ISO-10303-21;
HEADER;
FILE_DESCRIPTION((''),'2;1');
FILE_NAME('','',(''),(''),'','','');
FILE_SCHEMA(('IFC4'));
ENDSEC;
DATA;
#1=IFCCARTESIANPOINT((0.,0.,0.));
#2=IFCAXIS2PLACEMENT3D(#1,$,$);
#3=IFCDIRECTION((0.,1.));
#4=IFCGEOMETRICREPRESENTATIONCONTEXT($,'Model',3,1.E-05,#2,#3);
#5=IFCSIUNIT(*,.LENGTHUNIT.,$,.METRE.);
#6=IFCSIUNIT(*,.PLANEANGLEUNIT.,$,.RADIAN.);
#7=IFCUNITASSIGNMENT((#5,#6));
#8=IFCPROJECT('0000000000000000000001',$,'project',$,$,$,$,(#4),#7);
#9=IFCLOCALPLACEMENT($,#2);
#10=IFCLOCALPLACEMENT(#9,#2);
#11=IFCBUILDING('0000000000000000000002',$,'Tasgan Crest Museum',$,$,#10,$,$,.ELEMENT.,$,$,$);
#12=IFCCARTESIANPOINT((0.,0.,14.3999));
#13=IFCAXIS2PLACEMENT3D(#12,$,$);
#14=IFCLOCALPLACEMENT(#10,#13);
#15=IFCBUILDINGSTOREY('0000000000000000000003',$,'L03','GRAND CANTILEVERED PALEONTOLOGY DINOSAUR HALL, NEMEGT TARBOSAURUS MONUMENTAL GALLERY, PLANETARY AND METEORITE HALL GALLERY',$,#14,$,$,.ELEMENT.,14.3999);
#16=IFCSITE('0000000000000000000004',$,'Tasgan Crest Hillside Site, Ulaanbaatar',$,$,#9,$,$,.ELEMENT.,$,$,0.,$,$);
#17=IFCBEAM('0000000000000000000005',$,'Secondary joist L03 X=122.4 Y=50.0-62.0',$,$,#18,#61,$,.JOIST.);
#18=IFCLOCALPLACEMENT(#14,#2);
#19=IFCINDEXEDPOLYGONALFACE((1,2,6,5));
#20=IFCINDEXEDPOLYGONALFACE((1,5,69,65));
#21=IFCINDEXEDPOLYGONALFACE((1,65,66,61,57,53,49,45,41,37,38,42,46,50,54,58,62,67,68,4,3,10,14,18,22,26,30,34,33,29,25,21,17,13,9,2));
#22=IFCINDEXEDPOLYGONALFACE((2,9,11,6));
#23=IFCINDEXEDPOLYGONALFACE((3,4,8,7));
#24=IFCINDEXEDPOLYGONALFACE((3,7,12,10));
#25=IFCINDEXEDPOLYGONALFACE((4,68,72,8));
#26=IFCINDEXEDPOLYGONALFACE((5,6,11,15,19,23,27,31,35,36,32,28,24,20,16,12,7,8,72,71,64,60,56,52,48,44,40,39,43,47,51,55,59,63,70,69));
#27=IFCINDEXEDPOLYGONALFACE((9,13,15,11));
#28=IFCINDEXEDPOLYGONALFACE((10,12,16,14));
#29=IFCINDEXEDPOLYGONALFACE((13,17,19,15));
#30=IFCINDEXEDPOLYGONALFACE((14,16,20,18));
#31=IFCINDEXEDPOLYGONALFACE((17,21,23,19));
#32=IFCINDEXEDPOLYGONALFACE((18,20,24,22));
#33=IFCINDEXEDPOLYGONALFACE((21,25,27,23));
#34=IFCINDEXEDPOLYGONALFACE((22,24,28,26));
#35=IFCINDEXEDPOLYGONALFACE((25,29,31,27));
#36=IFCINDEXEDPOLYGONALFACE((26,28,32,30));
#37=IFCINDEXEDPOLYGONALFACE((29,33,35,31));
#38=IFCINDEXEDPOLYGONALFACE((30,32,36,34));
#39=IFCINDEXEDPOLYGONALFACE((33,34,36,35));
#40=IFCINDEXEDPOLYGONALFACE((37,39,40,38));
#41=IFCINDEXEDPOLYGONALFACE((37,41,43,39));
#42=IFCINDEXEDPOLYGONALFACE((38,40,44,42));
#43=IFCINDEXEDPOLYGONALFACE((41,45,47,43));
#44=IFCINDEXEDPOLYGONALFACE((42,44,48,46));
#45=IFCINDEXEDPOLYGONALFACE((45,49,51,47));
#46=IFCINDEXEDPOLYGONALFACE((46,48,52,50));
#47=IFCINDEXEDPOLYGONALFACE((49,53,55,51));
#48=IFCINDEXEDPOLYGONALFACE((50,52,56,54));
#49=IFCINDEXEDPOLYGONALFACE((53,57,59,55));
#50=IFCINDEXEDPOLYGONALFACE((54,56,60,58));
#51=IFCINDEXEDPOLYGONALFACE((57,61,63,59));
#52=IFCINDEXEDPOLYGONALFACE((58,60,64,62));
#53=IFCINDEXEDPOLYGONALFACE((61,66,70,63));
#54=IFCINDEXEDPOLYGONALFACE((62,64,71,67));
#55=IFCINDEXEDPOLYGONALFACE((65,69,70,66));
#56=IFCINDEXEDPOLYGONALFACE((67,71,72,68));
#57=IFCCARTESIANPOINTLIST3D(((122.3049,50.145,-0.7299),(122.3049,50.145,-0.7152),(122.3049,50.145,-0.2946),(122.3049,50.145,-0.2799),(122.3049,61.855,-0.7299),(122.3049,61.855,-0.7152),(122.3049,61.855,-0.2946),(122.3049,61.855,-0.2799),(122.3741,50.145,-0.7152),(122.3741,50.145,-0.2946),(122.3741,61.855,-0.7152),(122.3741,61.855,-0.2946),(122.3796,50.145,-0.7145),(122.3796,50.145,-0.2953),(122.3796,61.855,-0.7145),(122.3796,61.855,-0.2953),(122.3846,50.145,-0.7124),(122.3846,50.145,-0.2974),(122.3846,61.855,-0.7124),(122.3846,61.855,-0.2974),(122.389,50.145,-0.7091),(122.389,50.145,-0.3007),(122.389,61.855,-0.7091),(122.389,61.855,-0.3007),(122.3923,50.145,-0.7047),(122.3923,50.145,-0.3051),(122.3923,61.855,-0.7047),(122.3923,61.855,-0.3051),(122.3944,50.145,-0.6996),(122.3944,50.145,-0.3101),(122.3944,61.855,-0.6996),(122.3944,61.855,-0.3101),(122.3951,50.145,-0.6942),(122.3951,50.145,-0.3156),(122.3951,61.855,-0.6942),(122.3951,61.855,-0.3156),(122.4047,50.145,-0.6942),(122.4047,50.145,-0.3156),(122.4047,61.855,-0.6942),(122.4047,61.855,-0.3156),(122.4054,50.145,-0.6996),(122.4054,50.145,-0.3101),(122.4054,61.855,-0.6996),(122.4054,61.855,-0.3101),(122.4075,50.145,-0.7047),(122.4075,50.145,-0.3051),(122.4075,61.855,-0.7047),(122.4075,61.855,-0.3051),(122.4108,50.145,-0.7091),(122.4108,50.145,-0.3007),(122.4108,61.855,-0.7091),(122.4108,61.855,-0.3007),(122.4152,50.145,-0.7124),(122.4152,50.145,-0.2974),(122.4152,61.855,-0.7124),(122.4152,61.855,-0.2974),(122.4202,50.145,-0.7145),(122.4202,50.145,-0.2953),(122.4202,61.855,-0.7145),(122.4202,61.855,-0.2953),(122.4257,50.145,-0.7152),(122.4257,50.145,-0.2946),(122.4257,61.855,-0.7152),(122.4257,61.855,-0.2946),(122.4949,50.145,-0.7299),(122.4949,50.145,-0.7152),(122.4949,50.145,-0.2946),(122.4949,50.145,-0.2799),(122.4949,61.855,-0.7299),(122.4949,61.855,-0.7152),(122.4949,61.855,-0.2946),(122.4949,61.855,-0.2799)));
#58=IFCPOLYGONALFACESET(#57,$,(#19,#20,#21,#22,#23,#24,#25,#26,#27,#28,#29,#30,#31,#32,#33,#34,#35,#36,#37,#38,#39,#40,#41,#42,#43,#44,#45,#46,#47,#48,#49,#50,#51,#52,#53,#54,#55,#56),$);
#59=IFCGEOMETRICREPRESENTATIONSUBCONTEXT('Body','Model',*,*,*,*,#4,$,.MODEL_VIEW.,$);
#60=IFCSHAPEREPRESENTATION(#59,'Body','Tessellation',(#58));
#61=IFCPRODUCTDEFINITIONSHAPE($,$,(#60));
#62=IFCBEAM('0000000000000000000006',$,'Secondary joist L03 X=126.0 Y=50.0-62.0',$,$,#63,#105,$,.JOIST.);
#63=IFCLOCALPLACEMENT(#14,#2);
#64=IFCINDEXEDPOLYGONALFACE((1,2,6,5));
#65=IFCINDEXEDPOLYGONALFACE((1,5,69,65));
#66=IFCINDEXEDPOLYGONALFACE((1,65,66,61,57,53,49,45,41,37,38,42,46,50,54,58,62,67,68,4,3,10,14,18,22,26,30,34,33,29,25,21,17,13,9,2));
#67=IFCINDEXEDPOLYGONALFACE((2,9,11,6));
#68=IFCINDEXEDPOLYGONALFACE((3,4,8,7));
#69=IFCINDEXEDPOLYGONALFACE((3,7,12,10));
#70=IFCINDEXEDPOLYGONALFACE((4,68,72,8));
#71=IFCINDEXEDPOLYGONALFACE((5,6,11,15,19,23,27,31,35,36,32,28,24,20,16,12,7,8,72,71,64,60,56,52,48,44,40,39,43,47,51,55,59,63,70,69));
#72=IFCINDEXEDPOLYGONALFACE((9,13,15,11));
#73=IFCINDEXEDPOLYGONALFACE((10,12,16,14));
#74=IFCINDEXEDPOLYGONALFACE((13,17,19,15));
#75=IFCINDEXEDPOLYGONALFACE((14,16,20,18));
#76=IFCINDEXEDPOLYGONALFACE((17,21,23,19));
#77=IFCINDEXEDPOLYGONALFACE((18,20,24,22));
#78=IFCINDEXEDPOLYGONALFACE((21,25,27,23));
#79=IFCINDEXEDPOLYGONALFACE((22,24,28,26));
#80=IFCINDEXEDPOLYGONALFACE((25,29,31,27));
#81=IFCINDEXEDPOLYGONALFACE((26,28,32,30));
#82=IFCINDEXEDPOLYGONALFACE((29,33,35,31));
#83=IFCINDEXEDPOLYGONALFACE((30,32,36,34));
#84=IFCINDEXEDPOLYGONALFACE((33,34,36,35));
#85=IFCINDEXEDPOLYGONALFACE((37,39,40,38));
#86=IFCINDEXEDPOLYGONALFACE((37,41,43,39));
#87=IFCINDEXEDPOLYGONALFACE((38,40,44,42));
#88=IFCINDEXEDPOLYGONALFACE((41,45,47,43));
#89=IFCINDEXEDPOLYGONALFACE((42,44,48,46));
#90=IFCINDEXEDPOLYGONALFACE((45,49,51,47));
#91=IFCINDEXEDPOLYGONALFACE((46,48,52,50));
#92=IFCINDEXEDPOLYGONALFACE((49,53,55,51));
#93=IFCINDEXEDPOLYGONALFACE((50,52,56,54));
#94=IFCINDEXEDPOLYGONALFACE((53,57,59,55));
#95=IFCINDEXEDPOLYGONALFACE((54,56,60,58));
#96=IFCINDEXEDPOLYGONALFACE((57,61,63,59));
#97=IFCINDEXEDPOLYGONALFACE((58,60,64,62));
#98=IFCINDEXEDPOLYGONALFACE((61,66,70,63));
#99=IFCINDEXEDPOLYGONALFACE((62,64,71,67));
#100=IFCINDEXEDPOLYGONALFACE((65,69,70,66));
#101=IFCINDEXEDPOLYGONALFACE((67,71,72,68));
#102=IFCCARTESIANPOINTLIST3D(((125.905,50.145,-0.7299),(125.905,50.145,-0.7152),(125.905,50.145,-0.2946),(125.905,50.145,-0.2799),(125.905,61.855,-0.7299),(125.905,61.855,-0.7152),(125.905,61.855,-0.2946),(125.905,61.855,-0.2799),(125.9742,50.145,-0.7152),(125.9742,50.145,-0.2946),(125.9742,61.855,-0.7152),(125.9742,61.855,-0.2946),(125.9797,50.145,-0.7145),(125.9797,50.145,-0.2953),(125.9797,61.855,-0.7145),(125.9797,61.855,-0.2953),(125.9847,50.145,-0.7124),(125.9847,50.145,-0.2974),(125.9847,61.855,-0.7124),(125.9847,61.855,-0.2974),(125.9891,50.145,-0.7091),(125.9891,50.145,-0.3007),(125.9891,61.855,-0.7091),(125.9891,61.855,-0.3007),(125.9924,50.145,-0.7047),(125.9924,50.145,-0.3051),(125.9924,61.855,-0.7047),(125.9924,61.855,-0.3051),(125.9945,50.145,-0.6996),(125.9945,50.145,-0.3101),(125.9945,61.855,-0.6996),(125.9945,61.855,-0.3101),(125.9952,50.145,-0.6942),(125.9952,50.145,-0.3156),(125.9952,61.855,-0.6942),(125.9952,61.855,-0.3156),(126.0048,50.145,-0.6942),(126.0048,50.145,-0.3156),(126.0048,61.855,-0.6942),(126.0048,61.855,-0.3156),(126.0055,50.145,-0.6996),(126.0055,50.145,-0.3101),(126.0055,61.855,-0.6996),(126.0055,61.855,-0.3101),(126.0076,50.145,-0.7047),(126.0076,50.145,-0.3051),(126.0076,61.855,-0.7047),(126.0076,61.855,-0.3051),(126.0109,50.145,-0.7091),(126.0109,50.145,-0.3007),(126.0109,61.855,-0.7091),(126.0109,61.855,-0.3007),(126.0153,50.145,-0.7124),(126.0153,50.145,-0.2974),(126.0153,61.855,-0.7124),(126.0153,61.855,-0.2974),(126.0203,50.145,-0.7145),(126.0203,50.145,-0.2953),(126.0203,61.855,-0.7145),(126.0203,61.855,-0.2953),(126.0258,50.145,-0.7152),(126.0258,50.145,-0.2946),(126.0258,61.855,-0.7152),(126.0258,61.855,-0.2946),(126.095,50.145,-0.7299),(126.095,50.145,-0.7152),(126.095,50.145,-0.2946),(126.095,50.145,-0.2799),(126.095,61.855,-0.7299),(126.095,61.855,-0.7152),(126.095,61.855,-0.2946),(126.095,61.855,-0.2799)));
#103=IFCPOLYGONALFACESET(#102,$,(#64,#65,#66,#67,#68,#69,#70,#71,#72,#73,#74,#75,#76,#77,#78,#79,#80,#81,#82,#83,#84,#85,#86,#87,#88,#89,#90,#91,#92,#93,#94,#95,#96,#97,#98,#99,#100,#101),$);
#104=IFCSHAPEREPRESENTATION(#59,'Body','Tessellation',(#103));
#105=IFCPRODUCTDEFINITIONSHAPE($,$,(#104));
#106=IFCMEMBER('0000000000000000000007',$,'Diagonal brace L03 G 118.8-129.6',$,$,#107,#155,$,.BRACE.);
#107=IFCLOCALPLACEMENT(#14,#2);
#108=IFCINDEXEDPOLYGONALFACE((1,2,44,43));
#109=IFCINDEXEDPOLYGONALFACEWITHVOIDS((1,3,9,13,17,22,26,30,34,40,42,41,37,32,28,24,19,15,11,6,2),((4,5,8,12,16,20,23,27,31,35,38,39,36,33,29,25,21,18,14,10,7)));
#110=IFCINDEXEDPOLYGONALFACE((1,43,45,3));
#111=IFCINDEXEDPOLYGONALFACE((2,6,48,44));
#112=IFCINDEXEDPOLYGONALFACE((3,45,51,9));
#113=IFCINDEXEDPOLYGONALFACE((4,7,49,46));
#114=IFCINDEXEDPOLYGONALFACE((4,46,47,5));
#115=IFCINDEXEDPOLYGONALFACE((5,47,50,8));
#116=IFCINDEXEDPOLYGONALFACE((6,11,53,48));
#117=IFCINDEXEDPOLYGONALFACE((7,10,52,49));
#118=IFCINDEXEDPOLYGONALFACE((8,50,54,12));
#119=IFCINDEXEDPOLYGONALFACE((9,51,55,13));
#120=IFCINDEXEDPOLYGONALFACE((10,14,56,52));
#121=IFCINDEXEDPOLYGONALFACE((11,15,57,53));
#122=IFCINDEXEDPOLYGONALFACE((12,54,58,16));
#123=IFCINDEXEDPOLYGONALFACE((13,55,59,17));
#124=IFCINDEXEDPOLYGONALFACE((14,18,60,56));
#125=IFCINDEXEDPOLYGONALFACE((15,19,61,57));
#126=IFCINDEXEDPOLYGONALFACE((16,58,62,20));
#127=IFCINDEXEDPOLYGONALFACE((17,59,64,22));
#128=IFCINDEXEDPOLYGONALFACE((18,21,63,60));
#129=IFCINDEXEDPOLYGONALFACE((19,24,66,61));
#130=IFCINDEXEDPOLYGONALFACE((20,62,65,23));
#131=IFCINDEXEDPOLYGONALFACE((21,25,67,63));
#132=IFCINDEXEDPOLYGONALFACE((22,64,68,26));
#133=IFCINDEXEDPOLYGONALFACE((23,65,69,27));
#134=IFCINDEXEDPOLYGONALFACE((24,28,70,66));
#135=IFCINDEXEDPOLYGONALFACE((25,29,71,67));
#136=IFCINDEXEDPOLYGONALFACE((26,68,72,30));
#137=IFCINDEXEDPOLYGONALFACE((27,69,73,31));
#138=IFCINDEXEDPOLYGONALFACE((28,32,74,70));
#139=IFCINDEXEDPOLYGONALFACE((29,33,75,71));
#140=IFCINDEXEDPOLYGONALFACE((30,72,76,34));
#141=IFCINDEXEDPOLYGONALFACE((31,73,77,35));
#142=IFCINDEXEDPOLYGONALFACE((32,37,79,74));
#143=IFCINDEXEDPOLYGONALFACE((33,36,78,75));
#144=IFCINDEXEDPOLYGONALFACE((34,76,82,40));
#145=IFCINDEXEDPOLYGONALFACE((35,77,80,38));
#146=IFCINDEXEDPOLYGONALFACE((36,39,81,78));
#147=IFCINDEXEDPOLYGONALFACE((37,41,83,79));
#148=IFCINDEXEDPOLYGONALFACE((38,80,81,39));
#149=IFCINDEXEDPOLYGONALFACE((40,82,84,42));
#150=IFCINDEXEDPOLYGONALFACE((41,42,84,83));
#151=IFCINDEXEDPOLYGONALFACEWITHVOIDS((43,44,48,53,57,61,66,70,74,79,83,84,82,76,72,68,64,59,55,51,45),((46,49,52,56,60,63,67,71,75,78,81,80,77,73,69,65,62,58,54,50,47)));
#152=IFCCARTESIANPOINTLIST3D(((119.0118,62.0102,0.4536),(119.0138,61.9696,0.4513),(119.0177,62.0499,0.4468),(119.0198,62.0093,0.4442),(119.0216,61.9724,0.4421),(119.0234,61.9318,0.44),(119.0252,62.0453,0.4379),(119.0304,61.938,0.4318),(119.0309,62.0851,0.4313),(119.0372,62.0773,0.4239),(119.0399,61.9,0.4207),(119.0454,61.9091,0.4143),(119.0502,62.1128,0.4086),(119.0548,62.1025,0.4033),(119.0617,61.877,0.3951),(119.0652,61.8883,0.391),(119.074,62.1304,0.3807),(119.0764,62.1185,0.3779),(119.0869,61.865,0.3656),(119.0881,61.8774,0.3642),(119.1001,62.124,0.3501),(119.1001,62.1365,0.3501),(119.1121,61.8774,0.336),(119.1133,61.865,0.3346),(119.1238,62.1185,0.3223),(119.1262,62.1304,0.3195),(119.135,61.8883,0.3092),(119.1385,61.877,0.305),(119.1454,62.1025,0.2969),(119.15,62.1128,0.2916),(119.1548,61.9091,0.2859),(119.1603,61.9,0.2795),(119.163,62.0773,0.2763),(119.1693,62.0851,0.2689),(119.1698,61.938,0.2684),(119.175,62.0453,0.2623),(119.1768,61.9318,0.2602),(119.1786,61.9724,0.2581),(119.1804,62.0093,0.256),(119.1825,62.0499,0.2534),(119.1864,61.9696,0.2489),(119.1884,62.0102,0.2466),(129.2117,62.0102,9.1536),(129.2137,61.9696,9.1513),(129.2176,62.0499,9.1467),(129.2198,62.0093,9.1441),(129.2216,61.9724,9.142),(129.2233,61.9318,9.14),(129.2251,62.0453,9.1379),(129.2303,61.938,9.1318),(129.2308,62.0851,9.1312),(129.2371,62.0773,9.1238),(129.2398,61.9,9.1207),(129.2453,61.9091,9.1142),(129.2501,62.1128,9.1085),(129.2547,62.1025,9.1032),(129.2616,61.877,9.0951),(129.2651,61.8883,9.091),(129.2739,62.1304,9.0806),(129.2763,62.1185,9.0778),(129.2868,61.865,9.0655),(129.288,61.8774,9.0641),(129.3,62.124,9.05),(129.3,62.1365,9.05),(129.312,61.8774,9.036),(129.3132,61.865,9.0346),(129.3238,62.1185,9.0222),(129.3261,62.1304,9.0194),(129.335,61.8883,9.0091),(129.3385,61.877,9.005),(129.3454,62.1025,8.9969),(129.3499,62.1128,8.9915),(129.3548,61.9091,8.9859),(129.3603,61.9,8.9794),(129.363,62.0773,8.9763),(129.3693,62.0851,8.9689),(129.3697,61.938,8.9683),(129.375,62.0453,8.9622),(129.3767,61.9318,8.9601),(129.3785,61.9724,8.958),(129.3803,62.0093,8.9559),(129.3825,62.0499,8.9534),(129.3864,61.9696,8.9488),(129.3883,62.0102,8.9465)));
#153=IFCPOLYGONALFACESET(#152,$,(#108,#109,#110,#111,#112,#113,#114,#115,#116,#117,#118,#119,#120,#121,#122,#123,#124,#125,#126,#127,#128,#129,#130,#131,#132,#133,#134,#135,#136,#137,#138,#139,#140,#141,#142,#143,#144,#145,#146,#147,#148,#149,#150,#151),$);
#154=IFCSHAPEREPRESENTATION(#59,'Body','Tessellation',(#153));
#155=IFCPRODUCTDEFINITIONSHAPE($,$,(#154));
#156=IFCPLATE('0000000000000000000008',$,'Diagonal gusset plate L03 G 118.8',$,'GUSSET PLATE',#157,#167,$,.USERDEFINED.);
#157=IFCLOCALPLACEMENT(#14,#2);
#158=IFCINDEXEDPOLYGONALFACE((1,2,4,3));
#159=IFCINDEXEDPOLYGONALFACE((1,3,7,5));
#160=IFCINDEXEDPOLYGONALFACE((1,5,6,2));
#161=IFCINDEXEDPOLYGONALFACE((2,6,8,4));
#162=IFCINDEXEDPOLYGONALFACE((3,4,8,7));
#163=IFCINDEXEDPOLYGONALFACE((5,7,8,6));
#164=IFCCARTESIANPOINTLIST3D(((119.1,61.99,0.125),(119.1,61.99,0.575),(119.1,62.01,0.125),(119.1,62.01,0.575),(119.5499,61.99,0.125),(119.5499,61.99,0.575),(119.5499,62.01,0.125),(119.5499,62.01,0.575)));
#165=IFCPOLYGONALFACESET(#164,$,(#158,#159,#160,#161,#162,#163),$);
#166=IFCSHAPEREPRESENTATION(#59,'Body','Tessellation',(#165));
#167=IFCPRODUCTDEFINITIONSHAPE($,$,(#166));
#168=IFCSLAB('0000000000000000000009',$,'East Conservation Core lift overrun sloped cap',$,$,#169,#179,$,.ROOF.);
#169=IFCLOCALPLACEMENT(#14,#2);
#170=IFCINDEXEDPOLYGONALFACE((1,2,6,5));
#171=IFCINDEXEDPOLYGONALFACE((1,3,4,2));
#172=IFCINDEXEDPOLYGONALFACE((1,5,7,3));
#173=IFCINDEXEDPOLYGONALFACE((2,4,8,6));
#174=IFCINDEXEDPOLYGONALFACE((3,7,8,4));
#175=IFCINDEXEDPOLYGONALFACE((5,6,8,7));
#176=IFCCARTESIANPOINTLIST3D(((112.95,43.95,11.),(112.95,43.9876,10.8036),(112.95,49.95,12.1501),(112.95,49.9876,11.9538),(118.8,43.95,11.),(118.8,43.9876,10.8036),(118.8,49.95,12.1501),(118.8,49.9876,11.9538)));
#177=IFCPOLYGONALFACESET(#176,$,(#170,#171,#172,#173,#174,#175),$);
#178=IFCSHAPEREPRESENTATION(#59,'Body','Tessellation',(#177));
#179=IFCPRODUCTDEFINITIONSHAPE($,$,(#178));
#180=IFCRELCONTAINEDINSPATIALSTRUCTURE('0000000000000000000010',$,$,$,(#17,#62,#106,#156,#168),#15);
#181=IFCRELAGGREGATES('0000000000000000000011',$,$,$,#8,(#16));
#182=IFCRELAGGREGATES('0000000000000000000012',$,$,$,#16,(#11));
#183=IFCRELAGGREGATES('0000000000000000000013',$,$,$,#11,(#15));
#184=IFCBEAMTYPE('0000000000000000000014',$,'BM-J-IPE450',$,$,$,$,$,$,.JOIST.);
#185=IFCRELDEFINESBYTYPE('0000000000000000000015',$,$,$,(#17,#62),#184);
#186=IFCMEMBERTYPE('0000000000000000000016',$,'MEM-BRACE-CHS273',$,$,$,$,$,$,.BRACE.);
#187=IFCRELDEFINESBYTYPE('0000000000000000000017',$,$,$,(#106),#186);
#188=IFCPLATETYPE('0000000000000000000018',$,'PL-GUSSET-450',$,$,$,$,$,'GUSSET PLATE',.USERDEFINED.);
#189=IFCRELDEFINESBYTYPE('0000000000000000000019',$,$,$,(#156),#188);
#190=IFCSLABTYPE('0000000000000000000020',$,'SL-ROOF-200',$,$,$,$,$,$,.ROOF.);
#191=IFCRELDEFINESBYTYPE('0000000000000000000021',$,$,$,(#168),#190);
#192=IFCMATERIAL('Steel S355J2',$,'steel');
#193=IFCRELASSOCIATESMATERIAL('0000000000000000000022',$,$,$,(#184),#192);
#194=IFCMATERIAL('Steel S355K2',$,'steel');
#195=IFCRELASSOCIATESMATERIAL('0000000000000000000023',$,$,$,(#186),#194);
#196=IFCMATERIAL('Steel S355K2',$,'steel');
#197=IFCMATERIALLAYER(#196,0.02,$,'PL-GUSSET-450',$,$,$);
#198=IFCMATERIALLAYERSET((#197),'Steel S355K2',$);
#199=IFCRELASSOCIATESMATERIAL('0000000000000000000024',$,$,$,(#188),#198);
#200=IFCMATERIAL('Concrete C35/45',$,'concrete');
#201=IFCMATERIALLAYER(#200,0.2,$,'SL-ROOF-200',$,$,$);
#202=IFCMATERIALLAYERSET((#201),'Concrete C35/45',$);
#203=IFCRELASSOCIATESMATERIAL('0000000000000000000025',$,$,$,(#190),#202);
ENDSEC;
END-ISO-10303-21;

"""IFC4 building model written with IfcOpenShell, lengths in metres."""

from ifc_helpers import new_model, si_unit, direction, frame, origin, origin_2d, place, context, subcontext, project, spatial, polyline, rectangle, hollow_circle, i_section, outline, extrude, material, layer, layer_set, material_profile, profile_set, type_object, element, save


model = new_model("IFC4")

# Units and contexts
model_context = context("Model", 3, precision=1e-05, world=origin(), true_north=direction((0.0, 1.0)))
body_context = subcontext(model_context, "Body", "Model", "MODEL_VIEW")
ifc_project = project(units=[si_unit("LENGTHUNIT", "METRE"), si_unit("PLANEANGLEUNIT", "RADIAN")], contexts=[model_context])

# Site, building, storey
site_placement = place(None, origin())
site = spatial("IfcSite", under=ifc_project, at=site_placement, Name="Tasgan Crest Hillside Site, Ulaanbaatar", CompositionType="ELEMENT", RefElevation=0.0)
building_placement = place(site_placement, origin())
building = spatial("IfcBuilding", under=site, at=building_placement, Name="Tasgan Crest Museum", CompositionType="ELEMENT")
storey_placement = place(building_placement, frame((0.0, 0.0, 14.3999)))
storey = spatial("IfcBuildingStorey", under=building, at=storey_placement, Name="L03", Description="GRAND CANTILEVERED PALEONTOLOGY DINOSAUR HALL, NEMEGT TARBOSAURUS MONUMENTAL GALLERY, PLANETARY AND METEORITE HALL GALLERY", CompositionType="ELEMENT", Elevation=14.3999)

# Beams
ifc_material_1 = material(Name="Steel S355J2", Category="steel")
ifc_material_profile_1 = material_profile(ifc_material_1, i_section(OverallWidth=0.1899, OverallDepth=0.45, WebThickness=0.0095, FlangeThickness=0.0146, FilletRadius=0.021, at=origin_2d()), Name="IPE 450")
ifc_profile_set_1 = profile_set([ifc_material_profile_1], Name="Steel S355J2")
beam_type_1 = type_object("IfcBeamType", Name="BM-J-IPE450", PredefinedType="JOIST", material=ifc_profile_set_1)
for number, where, z_axis, x_axis, name in (
    (1, (122.3999, 50.145, -0.5049), (0.0, 1.0, 0.0), (-1.0, 0.0, 0.0), "Secondary joist L03 X=122.4 Y=50.0-62.0"),
    (2, (126.0, 50.145, -0.5049), (0.0, 1.0, 0.0), (-1.0, 0.0, 0.0), "Secondary joist L03 X=126.0 Y=50.0-62.0"),
):
    element("IfcBeam", number, at=place(storey_placement, frame(where, z_axis=z_axis, x_axis=x_axis)), inside=storey, type_object=beam_type_1, Name=name, PredefinedType="JOIST", context=body_context, shape_type="SweptSolid", body=[
        extrude(i_section(OverallWidth=0.1899, OverallDepth=0.45, WebThickness=0.0095, FlangeThickness=0.0146, FilletRadius=0.021, at=origin_2d()), origin(), (0.0, 0.0, 1.0), 11.71),
    ])

# Member
ifc_material_2 = material(Name="Steel S355K2", Category="steel")
ifc_material_profile_2 = material_profile(ifc_material_2, hollow_circle(Radius=0.1365, WallThickness=0.0125, at=origin_2d()), Name="CHS 273x12.5")
ifc_profile_set_2 = profile_set([ifc_material_profile_2], Name="Steel S355K2")
member_type = type_object("IfcMemberType", Name="MEM-BRACE-CHS273", PredefinedType="BRACE", material=ifc_profile_set_2)
member_placement = place(storey_placement, frame((119.1001, 62.0, 0.3501), z_axis=(0.760834, 0.0, 0.648946), x_axis=(0.0, 1.0, 0.0)))
element("IfcMember", 3, at=member_placement, inside=storey, type_object=member_type, Name="Diagonal brace L03 G 118.8-129.6", PredefinedType="BRACE", context=body_context, shape_type="SweptSolid", body=[
    extrude(hollow_circle(Radius=0.1365, WallThickness=0.0125, at=origin_2d()), origin(), (0.0, 0.0, 1.0), 13.4062),
])

# Plate
ifc_material_3 = material(Name="Steel S355K2", Category="steel")
ifc_layer_1 = layer(ifc_material_3, 0.02, Name="PL-GUSSET-450")
ifc_layer_set_1 = layer_set([ifc_layer_1], Name="Steel S355K2")
plate_type = type_object("IfcPlateType", Name="PL-GUSSET-450", ElementType="GUSSET PLATE", PredefinedType="USERDEFINED", material=ifc_layer_set_1)
plate_placement = place(storey_placement, frame((119.325, 62.0, 0.125), z_axis=(0.0, 0.0, 1.0), x_axis=(1.0, 0.0, 0.0)))
element("IfcPlate", 4, at=plate_placement, inside=storey, type_object=plate_type, Name="Diagonal gusset plate L03 G 118.8", ObjectType="GUSSET PLATE", PredefinedType="USERDEFINED", context=body_context, shape_type="SweptSolid", body=[
    extrude(rectangle(XDim=0.45, YDim=0.02, at=origin_2d()), origin(), (0.0, 0.0, 1.0), 0.45),
])

# Slab
ifc_material_4 = material(Name="Concrete C35/45", Category="concrete")
ifc_layer_2 = layer(ifc_material_4, 0.2, Name="SL-ROOF-200")
ifc_layer_set_2 = layer_set([ifc_layer_2], Name="Concrete C35/45")
slab_type = type_object("IfcSlabType", Name="SL-ROOF-200", PredefinedType="ROOF", material=ifc_layer_set_2)
slab_placement = place(storey_placement, frame((112.95, 43.95, 11.0), z_axis=(0.0, -0.188263, 0.982119), x_axis=(1.0, 0.0, 0.0)))
element("IfcSlab", 5, at=slab_placement, inside=storey, type_object=slab_type, Name="East Conservation Core lift overrun sloped cap", PredefinedType="ROOF", context=body_context, shape_type="SweptSolid", body=[
    extrude(outline(polyline([(0.0, 0.0), (5.8501, 0.0), (5.8501, 6.1092), (0.0, 6.1092), (0.0, 0.0)])), origin(), (0.0, 0.0, -1.0), 0.2),
])

save(model, "model.ifc")
